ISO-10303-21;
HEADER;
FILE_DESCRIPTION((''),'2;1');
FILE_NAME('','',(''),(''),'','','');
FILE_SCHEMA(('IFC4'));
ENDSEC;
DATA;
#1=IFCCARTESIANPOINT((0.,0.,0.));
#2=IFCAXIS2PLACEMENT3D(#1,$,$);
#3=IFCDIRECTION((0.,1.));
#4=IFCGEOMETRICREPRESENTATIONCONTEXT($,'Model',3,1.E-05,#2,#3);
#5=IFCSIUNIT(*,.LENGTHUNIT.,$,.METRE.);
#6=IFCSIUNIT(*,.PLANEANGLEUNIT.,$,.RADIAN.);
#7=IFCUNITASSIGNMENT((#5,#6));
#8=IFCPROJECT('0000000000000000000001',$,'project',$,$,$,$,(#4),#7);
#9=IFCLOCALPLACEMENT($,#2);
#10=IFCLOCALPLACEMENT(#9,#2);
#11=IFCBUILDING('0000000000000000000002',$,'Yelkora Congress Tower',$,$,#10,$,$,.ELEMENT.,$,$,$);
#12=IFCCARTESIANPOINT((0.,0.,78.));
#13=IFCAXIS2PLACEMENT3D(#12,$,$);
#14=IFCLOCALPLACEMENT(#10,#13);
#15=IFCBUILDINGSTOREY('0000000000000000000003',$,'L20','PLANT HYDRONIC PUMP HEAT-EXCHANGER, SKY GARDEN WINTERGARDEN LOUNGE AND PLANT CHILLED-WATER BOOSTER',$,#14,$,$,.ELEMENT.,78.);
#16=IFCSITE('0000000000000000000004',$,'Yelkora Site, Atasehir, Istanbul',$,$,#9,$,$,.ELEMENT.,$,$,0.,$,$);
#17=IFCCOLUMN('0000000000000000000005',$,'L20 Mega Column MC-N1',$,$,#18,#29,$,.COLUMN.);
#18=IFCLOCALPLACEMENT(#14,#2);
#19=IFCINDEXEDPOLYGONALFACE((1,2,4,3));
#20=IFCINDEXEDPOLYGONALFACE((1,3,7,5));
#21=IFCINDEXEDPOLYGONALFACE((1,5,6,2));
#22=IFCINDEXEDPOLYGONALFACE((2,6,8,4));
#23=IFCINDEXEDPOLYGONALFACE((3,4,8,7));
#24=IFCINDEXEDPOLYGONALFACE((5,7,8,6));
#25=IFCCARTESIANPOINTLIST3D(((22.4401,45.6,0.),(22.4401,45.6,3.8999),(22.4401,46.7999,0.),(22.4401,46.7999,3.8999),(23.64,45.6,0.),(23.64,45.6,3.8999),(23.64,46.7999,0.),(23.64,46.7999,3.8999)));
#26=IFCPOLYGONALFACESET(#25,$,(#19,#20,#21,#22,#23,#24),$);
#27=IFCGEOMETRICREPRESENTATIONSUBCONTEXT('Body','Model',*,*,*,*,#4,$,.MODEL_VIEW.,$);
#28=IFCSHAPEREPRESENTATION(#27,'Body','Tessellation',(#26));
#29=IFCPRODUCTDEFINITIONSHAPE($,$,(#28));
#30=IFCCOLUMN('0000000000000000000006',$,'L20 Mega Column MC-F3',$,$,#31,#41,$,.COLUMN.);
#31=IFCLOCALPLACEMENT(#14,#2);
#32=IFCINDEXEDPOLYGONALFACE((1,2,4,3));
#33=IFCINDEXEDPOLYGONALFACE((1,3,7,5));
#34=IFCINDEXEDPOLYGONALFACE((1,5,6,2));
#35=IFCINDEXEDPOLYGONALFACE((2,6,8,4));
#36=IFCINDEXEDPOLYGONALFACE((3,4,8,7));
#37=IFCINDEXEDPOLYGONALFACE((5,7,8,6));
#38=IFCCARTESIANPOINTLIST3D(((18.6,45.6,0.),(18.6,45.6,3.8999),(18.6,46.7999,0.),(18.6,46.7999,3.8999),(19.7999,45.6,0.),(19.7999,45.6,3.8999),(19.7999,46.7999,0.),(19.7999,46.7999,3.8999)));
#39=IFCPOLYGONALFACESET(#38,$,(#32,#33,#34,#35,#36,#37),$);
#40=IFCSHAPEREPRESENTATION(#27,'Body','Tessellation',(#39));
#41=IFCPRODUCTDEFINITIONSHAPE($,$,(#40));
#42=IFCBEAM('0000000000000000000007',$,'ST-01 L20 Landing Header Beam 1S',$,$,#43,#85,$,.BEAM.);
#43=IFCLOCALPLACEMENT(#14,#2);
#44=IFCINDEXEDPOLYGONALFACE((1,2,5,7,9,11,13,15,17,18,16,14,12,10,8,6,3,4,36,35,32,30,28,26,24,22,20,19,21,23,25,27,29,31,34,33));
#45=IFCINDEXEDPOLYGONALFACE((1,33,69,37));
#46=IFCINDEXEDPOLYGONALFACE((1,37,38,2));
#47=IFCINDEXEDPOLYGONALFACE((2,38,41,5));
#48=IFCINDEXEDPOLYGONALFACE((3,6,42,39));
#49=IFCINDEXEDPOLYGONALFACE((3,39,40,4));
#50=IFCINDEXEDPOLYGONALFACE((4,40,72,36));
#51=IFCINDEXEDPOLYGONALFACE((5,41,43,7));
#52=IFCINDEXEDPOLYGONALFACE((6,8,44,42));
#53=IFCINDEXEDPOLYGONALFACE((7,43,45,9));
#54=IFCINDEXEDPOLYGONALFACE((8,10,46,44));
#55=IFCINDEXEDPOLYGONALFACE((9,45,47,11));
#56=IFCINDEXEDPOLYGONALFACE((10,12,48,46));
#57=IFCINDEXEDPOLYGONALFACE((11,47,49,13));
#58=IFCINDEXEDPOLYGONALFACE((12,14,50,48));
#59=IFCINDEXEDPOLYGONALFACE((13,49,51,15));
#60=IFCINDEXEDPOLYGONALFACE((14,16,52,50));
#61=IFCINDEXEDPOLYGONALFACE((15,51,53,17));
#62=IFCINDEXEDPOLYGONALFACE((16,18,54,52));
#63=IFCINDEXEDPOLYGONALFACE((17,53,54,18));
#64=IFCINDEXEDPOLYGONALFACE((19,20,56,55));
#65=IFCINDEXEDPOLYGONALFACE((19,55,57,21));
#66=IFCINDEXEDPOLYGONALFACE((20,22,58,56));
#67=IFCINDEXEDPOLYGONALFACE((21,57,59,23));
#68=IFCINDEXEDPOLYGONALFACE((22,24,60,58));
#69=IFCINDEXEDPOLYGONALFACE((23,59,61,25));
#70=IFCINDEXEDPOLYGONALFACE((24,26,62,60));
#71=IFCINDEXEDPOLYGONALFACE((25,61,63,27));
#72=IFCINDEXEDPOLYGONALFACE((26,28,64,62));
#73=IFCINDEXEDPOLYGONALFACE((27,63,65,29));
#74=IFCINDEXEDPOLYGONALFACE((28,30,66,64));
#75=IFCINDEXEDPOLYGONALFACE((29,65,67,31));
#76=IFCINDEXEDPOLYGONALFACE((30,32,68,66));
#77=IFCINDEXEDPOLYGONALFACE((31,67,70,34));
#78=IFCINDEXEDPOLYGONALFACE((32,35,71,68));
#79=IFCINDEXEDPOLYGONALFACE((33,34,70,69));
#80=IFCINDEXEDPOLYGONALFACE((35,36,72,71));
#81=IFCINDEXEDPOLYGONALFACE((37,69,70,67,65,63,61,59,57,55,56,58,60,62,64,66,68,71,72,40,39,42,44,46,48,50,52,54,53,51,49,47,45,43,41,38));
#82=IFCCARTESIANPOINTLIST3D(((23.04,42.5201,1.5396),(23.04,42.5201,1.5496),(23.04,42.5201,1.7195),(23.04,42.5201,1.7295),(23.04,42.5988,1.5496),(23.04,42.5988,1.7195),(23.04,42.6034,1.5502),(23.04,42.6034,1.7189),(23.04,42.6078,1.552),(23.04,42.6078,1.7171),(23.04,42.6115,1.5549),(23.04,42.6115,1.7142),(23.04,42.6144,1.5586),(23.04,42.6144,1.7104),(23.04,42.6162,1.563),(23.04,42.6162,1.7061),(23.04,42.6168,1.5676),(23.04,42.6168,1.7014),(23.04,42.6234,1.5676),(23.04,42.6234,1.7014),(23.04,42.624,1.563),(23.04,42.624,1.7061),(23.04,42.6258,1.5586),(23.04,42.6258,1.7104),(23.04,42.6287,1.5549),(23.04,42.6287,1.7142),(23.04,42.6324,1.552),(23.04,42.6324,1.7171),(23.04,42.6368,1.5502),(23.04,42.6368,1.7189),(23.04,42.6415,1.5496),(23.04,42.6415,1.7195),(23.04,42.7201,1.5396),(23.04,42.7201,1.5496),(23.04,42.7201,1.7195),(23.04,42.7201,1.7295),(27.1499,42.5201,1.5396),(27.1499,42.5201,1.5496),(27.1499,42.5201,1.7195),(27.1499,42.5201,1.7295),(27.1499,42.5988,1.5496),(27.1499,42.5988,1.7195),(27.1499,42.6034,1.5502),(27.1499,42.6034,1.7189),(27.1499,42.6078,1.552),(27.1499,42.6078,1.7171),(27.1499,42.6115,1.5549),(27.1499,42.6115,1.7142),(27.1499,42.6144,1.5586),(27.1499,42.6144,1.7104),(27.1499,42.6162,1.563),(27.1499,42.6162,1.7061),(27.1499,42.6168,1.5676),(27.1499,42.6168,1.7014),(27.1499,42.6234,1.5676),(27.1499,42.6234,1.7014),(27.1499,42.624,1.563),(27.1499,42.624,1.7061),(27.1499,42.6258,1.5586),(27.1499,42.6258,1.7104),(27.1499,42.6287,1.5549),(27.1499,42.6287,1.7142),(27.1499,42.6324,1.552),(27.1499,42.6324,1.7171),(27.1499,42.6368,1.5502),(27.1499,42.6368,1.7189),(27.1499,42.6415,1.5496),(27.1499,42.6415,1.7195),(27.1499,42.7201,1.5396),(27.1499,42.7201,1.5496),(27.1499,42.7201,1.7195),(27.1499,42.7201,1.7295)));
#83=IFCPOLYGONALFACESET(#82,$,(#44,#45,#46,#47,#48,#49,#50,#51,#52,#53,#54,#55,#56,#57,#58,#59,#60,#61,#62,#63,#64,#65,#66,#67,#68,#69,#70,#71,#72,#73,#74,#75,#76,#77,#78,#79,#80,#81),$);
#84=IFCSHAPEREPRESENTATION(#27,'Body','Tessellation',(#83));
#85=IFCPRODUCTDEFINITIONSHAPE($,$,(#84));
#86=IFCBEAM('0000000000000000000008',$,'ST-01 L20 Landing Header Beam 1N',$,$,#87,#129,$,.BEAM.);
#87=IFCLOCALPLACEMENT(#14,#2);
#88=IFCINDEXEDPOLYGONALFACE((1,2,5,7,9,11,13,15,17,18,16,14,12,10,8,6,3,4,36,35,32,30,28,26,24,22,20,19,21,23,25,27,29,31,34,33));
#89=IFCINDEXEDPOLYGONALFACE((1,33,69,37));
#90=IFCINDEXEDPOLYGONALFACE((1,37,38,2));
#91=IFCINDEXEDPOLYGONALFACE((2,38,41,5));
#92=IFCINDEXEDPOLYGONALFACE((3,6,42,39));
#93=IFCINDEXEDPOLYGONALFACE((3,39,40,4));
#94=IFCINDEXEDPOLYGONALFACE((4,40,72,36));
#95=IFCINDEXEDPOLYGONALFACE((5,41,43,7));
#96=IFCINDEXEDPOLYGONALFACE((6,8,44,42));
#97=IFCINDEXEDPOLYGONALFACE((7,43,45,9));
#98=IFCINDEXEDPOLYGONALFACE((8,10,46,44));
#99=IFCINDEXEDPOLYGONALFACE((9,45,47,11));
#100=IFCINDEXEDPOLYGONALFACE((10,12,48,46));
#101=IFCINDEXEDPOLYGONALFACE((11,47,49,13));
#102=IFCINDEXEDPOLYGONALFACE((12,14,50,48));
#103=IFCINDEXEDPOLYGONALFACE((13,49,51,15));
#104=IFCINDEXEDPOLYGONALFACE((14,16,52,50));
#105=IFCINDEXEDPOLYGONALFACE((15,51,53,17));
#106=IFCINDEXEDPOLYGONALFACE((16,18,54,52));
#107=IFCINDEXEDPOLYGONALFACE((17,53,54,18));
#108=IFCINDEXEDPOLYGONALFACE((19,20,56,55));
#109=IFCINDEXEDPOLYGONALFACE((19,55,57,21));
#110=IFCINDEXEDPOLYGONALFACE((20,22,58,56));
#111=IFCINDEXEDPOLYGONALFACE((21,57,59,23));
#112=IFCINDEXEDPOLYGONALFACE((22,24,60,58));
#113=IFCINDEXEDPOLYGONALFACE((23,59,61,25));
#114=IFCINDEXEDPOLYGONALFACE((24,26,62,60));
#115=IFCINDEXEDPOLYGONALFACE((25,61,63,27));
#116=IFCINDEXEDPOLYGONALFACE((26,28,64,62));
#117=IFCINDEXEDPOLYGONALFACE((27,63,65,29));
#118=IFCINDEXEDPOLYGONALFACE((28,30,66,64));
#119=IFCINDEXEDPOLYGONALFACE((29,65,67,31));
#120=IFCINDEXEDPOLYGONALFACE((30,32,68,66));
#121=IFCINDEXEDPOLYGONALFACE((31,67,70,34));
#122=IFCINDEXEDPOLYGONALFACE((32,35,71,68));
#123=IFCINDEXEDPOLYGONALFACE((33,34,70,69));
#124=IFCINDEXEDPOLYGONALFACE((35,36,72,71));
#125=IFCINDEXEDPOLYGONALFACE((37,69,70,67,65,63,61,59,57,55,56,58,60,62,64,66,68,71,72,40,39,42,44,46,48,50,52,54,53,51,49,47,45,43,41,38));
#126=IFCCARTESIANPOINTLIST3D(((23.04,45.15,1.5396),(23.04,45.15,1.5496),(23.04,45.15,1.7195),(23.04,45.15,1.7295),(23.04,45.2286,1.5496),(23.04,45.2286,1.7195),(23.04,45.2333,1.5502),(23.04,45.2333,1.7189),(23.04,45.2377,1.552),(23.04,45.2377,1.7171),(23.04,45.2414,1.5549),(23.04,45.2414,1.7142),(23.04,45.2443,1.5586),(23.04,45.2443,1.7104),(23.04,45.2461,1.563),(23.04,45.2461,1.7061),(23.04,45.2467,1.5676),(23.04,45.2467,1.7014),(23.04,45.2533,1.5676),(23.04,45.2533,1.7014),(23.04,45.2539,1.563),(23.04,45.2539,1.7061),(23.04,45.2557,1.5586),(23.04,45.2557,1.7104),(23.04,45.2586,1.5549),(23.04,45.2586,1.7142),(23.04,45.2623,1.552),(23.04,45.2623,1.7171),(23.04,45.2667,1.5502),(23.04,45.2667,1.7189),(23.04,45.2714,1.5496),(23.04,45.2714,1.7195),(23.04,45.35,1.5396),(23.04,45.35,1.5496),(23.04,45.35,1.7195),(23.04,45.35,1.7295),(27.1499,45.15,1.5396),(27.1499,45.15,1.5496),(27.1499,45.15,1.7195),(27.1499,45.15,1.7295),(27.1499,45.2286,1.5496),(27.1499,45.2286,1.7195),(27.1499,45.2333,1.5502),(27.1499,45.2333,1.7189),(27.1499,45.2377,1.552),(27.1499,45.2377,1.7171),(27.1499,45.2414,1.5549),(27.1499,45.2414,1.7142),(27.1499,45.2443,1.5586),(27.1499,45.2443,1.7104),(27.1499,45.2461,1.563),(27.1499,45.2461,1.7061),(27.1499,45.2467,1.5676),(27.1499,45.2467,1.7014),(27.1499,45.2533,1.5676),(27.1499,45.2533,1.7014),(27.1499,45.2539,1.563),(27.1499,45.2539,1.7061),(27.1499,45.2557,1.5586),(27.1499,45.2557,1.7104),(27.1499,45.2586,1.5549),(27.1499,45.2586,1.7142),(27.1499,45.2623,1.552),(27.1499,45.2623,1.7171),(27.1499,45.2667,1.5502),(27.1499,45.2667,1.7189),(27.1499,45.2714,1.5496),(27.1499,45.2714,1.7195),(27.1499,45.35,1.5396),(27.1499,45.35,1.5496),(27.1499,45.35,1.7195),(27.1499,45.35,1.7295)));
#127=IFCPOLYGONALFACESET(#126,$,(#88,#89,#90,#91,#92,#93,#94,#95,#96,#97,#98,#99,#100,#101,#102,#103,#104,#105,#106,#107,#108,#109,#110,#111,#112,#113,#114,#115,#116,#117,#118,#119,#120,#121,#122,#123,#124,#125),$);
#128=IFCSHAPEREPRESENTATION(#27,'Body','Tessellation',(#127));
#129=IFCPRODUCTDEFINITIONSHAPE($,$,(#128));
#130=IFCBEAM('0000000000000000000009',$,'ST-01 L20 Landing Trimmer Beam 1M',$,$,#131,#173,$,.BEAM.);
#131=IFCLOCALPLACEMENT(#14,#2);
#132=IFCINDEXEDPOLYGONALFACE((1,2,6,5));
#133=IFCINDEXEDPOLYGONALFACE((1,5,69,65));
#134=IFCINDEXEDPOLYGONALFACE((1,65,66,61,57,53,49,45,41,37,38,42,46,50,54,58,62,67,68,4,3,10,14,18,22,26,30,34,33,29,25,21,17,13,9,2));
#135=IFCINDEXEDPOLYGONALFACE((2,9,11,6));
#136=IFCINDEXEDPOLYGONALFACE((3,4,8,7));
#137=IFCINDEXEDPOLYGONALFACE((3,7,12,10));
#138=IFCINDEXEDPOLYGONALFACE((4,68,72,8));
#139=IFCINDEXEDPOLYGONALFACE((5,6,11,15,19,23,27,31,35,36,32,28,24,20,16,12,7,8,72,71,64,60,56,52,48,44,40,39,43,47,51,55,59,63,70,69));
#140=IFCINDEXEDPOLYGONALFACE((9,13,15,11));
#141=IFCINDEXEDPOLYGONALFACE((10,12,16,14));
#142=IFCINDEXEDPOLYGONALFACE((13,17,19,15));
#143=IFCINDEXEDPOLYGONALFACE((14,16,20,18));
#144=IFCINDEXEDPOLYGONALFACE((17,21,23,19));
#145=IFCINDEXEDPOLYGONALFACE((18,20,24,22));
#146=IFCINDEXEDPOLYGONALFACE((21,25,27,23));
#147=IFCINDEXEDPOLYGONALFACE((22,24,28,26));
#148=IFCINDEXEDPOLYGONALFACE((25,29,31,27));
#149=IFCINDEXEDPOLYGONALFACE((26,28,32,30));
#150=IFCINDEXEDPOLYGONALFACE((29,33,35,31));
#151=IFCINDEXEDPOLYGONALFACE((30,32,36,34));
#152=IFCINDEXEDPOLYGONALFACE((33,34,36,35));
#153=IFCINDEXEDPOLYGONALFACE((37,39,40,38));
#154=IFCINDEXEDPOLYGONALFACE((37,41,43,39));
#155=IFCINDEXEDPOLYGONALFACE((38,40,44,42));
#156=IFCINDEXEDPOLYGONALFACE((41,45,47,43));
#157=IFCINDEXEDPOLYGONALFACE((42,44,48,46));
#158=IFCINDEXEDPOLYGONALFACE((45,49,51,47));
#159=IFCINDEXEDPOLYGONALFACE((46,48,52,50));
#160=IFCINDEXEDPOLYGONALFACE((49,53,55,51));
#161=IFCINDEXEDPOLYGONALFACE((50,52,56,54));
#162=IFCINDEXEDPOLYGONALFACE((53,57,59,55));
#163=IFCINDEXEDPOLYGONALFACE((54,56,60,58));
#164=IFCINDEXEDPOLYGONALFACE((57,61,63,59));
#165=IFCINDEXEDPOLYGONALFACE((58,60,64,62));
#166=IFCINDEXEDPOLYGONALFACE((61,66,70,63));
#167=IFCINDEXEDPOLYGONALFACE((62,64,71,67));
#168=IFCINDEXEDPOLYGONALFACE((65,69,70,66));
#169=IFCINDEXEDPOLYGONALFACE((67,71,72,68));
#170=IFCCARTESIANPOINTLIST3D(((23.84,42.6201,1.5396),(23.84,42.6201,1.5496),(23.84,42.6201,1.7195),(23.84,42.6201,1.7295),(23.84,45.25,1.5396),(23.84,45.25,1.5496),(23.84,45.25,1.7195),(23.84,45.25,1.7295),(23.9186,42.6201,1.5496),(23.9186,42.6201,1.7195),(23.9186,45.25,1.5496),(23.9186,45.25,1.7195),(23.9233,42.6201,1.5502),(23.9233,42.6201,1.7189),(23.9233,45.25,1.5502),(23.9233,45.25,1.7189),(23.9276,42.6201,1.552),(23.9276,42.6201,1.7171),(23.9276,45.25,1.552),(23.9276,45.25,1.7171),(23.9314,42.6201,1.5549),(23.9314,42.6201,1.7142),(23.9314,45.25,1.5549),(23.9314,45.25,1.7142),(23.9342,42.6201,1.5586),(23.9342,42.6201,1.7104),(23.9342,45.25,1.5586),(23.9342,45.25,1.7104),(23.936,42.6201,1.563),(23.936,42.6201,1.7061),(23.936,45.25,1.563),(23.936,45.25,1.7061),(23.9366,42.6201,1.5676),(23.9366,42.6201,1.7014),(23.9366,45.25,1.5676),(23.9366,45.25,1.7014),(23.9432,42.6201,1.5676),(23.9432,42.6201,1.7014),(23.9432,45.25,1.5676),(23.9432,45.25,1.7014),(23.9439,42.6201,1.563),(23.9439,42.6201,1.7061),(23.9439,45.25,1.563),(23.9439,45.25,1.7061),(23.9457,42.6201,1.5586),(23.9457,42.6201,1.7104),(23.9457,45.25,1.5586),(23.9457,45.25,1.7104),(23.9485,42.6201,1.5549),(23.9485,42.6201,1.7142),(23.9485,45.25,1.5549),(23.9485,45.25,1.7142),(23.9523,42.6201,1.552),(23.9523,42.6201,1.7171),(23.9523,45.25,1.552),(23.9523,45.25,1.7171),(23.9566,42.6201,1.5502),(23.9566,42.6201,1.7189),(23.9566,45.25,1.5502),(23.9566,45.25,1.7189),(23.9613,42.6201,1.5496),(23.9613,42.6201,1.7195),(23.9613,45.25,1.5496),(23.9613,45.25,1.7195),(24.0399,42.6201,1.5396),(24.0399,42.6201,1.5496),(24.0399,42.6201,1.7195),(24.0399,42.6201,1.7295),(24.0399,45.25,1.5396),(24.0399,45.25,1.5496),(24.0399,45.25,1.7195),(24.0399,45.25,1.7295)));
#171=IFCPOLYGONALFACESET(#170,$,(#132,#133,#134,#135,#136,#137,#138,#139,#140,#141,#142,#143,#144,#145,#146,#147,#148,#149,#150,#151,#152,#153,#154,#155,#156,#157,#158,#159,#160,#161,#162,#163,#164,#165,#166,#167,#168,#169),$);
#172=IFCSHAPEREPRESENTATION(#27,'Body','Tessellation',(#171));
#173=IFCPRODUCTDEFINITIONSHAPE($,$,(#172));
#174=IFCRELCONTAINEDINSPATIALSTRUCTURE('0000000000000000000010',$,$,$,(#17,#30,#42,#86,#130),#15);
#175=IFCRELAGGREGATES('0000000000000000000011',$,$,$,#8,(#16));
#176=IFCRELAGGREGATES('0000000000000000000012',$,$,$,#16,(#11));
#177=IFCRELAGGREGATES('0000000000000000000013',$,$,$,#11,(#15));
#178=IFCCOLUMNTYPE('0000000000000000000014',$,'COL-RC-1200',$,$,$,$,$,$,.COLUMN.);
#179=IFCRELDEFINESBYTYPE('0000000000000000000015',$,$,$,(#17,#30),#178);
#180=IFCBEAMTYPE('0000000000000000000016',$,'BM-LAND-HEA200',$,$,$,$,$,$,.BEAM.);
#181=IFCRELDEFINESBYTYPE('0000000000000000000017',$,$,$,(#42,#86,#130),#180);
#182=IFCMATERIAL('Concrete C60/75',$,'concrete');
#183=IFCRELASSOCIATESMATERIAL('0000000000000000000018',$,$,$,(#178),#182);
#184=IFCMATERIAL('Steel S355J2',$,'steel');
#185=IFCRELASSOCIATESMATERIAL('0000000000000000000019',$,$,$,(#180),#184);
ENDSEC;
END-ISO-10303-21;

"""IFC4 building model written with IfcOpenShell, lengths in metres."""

from ifc_helpers import new_model, si_unit, direction, frame, origin, origin_2d, place, context, subcontext, project, spatial, rectangle, i_section, extrude, material, material_profile, profile_set, type_object, element, save


model = new_model("IFC4")

# Units and contexts
model_context = context("Model", 3, precision=1e-05, world=origin(), true_north=direction((0.0, 1.0)))
body_context = subcontext(model_context, "Body", "Model", "MODEL_VIEW")
ifc_project = project(units=[si_unit("LENGTHUNIT", "METRE"), si_unit("PLANEANGLEUNIT", "RADIAN")], contexts=[model_context])

# Site, building, storey
site_placement = place(None, origin())
site = spatial("IfcSite", under=ifc_project, at=site_placement, Name="Yelkora Site, Atasehir, Istanbul", CompositionType="ELEMENT", RefElevation=0.0)
building_placement = place(site_placement, origin())
building = spatial("IfcBuilding", under=site, at=building_placement, Name="Yelkora Congress Tower", CompositionType="ELEMENT")
storey_placement = place(building_placement, frame((0.0, 0.0, 78.0)))
storey = spatial("IfcBuildingStorey", under=building, at=storey_placement, Name="L20", Description="PLANT HYDRONIC PUMP HEAT-EXCHANGER, SKY GARDEN WINTERGARDEN LOUNGE AND PLANT CHILLED-WATER BOOSTER", CompositionType="ELEMENT", Elevation=78.0)

# Columns
ifc_material_1 = material(Name="Concrete C60/75", Category="concrete")
ifc_material_profile_1 = material_profile(ifc_material_1, rectangle(XDim=1.2, YDim=1.2, at=origin_2d()), Name="RC 1200x1200")
ifc_profile_set_1 = profile_set([ifc_material_profile_1], Name="Concrete C60/75")
column_type = type_object("IfcColumnType", Name="COL-RC-1200", PredefinedType="COLUMN", material=ifc_profile_set_1)
for number, where, z_axis, x_axis, name in (
    (1, (23.04, 46.2, 0.0), (0.0, 0.0, 1.0), (1.0, 0.0, 0.0), "L20 Mega Column MC-N1"),
    (2, (19.2, 46.2, 0.0), (0.0, 0.0, 1.0), (1.0, 0.0, 0.0), "L20 Mega Column MC-F3"),
):
    element("IfcColumn", number, at=place(storey_placement, frame(where, z_axis=z_axis, x_axis=x_axis)), inside=storey, type_object=column_type, Name=name, PredefinedType="COLUMN", context=body_context, shape_type="SweptSolid", body=[
        extrude(rectangle(XDim=1.2, YDim=1.2, at=origin_2d()), origin(), (0.0, 0.0, 1.0), 3.8999),
    ])

# Beams
ifc_material_2 = material(Name="Steel S355J2", Category="steel")
ifc_material_profile_2 = material_profile(ifc_material_2, i_section(OverallWidth=0.2, OverallDepth=0.1899, WebThickness=0.0066, FlangeThickness=0.01, FilletRadius=0.0181, at=origin_2d()), Name="HEA 200")
ifc_profile_set_2 = profile_set([ifc_material_profile_2], Name="Steel S355J2")
beam_type = type_object("IfcBeamType", Name="BM-LAND-HEA200", PredefinedType="BEAM", material=ifc_profile_set_2)
for number, where, z_axis, x_axis, name in (
    (3, (23.04, 42.6201, 1.6345), (1.0, 0.0, 0.0), (0.0, 1.0, 0.0), "ST-01 L20 Landing Header Beam 1S"),
    (4, (23.04, 45.25, 1.6345), (1.0, 0.0, 0.0), (0.0, 1.0, 0.0), "ST-01 L20 Landing Header Beam 1N"),
):
    element("IfcBeam", number, at=place(storey_placement, frame(where, z_axis=z_axis, x_axis=x_axis)), inside=storey, type_object=beam_type, Name=name, PredefinedType="BEAM", context=body_context, shape_type="SweptSolid", body=[
        extrude(i_section(OverallWidth=0.2, OverallDepth=0.1899, WebThickness=0.0066, FlangeThickness=0.01, FilletRadius=0.0181, at=origin_2d()), origin(), (0.0, 0.0, 1.0), 4.1099),
    ])
beam_1_placement = place(storey_placement, frame((23.9399, 42.6201, 1.6345), z_axis=(0.0, 1.0, 0.0), x_axis=(-1.0, 0.0, 0.0)))
element("IfcBeam", 5, at=beam_1_placement, inside=storey, type_object=beam_type, Name="ST-01 L20 Landing Trimmer Beam 1M", PredefinedType="BEAM", context=body_context, shape_type="SweptSolid", body=[
    extrude(i_section(OverallWidth=0.2, OverallDepth=0.1899, WebThickness=0.0066, FlangeThickness=0.01, FilletRadius=0.0181, at=origin_2d()), origin(), (0.0, 0.0, 1.0), 2.6299),
])

save(model, "model.ifc")
